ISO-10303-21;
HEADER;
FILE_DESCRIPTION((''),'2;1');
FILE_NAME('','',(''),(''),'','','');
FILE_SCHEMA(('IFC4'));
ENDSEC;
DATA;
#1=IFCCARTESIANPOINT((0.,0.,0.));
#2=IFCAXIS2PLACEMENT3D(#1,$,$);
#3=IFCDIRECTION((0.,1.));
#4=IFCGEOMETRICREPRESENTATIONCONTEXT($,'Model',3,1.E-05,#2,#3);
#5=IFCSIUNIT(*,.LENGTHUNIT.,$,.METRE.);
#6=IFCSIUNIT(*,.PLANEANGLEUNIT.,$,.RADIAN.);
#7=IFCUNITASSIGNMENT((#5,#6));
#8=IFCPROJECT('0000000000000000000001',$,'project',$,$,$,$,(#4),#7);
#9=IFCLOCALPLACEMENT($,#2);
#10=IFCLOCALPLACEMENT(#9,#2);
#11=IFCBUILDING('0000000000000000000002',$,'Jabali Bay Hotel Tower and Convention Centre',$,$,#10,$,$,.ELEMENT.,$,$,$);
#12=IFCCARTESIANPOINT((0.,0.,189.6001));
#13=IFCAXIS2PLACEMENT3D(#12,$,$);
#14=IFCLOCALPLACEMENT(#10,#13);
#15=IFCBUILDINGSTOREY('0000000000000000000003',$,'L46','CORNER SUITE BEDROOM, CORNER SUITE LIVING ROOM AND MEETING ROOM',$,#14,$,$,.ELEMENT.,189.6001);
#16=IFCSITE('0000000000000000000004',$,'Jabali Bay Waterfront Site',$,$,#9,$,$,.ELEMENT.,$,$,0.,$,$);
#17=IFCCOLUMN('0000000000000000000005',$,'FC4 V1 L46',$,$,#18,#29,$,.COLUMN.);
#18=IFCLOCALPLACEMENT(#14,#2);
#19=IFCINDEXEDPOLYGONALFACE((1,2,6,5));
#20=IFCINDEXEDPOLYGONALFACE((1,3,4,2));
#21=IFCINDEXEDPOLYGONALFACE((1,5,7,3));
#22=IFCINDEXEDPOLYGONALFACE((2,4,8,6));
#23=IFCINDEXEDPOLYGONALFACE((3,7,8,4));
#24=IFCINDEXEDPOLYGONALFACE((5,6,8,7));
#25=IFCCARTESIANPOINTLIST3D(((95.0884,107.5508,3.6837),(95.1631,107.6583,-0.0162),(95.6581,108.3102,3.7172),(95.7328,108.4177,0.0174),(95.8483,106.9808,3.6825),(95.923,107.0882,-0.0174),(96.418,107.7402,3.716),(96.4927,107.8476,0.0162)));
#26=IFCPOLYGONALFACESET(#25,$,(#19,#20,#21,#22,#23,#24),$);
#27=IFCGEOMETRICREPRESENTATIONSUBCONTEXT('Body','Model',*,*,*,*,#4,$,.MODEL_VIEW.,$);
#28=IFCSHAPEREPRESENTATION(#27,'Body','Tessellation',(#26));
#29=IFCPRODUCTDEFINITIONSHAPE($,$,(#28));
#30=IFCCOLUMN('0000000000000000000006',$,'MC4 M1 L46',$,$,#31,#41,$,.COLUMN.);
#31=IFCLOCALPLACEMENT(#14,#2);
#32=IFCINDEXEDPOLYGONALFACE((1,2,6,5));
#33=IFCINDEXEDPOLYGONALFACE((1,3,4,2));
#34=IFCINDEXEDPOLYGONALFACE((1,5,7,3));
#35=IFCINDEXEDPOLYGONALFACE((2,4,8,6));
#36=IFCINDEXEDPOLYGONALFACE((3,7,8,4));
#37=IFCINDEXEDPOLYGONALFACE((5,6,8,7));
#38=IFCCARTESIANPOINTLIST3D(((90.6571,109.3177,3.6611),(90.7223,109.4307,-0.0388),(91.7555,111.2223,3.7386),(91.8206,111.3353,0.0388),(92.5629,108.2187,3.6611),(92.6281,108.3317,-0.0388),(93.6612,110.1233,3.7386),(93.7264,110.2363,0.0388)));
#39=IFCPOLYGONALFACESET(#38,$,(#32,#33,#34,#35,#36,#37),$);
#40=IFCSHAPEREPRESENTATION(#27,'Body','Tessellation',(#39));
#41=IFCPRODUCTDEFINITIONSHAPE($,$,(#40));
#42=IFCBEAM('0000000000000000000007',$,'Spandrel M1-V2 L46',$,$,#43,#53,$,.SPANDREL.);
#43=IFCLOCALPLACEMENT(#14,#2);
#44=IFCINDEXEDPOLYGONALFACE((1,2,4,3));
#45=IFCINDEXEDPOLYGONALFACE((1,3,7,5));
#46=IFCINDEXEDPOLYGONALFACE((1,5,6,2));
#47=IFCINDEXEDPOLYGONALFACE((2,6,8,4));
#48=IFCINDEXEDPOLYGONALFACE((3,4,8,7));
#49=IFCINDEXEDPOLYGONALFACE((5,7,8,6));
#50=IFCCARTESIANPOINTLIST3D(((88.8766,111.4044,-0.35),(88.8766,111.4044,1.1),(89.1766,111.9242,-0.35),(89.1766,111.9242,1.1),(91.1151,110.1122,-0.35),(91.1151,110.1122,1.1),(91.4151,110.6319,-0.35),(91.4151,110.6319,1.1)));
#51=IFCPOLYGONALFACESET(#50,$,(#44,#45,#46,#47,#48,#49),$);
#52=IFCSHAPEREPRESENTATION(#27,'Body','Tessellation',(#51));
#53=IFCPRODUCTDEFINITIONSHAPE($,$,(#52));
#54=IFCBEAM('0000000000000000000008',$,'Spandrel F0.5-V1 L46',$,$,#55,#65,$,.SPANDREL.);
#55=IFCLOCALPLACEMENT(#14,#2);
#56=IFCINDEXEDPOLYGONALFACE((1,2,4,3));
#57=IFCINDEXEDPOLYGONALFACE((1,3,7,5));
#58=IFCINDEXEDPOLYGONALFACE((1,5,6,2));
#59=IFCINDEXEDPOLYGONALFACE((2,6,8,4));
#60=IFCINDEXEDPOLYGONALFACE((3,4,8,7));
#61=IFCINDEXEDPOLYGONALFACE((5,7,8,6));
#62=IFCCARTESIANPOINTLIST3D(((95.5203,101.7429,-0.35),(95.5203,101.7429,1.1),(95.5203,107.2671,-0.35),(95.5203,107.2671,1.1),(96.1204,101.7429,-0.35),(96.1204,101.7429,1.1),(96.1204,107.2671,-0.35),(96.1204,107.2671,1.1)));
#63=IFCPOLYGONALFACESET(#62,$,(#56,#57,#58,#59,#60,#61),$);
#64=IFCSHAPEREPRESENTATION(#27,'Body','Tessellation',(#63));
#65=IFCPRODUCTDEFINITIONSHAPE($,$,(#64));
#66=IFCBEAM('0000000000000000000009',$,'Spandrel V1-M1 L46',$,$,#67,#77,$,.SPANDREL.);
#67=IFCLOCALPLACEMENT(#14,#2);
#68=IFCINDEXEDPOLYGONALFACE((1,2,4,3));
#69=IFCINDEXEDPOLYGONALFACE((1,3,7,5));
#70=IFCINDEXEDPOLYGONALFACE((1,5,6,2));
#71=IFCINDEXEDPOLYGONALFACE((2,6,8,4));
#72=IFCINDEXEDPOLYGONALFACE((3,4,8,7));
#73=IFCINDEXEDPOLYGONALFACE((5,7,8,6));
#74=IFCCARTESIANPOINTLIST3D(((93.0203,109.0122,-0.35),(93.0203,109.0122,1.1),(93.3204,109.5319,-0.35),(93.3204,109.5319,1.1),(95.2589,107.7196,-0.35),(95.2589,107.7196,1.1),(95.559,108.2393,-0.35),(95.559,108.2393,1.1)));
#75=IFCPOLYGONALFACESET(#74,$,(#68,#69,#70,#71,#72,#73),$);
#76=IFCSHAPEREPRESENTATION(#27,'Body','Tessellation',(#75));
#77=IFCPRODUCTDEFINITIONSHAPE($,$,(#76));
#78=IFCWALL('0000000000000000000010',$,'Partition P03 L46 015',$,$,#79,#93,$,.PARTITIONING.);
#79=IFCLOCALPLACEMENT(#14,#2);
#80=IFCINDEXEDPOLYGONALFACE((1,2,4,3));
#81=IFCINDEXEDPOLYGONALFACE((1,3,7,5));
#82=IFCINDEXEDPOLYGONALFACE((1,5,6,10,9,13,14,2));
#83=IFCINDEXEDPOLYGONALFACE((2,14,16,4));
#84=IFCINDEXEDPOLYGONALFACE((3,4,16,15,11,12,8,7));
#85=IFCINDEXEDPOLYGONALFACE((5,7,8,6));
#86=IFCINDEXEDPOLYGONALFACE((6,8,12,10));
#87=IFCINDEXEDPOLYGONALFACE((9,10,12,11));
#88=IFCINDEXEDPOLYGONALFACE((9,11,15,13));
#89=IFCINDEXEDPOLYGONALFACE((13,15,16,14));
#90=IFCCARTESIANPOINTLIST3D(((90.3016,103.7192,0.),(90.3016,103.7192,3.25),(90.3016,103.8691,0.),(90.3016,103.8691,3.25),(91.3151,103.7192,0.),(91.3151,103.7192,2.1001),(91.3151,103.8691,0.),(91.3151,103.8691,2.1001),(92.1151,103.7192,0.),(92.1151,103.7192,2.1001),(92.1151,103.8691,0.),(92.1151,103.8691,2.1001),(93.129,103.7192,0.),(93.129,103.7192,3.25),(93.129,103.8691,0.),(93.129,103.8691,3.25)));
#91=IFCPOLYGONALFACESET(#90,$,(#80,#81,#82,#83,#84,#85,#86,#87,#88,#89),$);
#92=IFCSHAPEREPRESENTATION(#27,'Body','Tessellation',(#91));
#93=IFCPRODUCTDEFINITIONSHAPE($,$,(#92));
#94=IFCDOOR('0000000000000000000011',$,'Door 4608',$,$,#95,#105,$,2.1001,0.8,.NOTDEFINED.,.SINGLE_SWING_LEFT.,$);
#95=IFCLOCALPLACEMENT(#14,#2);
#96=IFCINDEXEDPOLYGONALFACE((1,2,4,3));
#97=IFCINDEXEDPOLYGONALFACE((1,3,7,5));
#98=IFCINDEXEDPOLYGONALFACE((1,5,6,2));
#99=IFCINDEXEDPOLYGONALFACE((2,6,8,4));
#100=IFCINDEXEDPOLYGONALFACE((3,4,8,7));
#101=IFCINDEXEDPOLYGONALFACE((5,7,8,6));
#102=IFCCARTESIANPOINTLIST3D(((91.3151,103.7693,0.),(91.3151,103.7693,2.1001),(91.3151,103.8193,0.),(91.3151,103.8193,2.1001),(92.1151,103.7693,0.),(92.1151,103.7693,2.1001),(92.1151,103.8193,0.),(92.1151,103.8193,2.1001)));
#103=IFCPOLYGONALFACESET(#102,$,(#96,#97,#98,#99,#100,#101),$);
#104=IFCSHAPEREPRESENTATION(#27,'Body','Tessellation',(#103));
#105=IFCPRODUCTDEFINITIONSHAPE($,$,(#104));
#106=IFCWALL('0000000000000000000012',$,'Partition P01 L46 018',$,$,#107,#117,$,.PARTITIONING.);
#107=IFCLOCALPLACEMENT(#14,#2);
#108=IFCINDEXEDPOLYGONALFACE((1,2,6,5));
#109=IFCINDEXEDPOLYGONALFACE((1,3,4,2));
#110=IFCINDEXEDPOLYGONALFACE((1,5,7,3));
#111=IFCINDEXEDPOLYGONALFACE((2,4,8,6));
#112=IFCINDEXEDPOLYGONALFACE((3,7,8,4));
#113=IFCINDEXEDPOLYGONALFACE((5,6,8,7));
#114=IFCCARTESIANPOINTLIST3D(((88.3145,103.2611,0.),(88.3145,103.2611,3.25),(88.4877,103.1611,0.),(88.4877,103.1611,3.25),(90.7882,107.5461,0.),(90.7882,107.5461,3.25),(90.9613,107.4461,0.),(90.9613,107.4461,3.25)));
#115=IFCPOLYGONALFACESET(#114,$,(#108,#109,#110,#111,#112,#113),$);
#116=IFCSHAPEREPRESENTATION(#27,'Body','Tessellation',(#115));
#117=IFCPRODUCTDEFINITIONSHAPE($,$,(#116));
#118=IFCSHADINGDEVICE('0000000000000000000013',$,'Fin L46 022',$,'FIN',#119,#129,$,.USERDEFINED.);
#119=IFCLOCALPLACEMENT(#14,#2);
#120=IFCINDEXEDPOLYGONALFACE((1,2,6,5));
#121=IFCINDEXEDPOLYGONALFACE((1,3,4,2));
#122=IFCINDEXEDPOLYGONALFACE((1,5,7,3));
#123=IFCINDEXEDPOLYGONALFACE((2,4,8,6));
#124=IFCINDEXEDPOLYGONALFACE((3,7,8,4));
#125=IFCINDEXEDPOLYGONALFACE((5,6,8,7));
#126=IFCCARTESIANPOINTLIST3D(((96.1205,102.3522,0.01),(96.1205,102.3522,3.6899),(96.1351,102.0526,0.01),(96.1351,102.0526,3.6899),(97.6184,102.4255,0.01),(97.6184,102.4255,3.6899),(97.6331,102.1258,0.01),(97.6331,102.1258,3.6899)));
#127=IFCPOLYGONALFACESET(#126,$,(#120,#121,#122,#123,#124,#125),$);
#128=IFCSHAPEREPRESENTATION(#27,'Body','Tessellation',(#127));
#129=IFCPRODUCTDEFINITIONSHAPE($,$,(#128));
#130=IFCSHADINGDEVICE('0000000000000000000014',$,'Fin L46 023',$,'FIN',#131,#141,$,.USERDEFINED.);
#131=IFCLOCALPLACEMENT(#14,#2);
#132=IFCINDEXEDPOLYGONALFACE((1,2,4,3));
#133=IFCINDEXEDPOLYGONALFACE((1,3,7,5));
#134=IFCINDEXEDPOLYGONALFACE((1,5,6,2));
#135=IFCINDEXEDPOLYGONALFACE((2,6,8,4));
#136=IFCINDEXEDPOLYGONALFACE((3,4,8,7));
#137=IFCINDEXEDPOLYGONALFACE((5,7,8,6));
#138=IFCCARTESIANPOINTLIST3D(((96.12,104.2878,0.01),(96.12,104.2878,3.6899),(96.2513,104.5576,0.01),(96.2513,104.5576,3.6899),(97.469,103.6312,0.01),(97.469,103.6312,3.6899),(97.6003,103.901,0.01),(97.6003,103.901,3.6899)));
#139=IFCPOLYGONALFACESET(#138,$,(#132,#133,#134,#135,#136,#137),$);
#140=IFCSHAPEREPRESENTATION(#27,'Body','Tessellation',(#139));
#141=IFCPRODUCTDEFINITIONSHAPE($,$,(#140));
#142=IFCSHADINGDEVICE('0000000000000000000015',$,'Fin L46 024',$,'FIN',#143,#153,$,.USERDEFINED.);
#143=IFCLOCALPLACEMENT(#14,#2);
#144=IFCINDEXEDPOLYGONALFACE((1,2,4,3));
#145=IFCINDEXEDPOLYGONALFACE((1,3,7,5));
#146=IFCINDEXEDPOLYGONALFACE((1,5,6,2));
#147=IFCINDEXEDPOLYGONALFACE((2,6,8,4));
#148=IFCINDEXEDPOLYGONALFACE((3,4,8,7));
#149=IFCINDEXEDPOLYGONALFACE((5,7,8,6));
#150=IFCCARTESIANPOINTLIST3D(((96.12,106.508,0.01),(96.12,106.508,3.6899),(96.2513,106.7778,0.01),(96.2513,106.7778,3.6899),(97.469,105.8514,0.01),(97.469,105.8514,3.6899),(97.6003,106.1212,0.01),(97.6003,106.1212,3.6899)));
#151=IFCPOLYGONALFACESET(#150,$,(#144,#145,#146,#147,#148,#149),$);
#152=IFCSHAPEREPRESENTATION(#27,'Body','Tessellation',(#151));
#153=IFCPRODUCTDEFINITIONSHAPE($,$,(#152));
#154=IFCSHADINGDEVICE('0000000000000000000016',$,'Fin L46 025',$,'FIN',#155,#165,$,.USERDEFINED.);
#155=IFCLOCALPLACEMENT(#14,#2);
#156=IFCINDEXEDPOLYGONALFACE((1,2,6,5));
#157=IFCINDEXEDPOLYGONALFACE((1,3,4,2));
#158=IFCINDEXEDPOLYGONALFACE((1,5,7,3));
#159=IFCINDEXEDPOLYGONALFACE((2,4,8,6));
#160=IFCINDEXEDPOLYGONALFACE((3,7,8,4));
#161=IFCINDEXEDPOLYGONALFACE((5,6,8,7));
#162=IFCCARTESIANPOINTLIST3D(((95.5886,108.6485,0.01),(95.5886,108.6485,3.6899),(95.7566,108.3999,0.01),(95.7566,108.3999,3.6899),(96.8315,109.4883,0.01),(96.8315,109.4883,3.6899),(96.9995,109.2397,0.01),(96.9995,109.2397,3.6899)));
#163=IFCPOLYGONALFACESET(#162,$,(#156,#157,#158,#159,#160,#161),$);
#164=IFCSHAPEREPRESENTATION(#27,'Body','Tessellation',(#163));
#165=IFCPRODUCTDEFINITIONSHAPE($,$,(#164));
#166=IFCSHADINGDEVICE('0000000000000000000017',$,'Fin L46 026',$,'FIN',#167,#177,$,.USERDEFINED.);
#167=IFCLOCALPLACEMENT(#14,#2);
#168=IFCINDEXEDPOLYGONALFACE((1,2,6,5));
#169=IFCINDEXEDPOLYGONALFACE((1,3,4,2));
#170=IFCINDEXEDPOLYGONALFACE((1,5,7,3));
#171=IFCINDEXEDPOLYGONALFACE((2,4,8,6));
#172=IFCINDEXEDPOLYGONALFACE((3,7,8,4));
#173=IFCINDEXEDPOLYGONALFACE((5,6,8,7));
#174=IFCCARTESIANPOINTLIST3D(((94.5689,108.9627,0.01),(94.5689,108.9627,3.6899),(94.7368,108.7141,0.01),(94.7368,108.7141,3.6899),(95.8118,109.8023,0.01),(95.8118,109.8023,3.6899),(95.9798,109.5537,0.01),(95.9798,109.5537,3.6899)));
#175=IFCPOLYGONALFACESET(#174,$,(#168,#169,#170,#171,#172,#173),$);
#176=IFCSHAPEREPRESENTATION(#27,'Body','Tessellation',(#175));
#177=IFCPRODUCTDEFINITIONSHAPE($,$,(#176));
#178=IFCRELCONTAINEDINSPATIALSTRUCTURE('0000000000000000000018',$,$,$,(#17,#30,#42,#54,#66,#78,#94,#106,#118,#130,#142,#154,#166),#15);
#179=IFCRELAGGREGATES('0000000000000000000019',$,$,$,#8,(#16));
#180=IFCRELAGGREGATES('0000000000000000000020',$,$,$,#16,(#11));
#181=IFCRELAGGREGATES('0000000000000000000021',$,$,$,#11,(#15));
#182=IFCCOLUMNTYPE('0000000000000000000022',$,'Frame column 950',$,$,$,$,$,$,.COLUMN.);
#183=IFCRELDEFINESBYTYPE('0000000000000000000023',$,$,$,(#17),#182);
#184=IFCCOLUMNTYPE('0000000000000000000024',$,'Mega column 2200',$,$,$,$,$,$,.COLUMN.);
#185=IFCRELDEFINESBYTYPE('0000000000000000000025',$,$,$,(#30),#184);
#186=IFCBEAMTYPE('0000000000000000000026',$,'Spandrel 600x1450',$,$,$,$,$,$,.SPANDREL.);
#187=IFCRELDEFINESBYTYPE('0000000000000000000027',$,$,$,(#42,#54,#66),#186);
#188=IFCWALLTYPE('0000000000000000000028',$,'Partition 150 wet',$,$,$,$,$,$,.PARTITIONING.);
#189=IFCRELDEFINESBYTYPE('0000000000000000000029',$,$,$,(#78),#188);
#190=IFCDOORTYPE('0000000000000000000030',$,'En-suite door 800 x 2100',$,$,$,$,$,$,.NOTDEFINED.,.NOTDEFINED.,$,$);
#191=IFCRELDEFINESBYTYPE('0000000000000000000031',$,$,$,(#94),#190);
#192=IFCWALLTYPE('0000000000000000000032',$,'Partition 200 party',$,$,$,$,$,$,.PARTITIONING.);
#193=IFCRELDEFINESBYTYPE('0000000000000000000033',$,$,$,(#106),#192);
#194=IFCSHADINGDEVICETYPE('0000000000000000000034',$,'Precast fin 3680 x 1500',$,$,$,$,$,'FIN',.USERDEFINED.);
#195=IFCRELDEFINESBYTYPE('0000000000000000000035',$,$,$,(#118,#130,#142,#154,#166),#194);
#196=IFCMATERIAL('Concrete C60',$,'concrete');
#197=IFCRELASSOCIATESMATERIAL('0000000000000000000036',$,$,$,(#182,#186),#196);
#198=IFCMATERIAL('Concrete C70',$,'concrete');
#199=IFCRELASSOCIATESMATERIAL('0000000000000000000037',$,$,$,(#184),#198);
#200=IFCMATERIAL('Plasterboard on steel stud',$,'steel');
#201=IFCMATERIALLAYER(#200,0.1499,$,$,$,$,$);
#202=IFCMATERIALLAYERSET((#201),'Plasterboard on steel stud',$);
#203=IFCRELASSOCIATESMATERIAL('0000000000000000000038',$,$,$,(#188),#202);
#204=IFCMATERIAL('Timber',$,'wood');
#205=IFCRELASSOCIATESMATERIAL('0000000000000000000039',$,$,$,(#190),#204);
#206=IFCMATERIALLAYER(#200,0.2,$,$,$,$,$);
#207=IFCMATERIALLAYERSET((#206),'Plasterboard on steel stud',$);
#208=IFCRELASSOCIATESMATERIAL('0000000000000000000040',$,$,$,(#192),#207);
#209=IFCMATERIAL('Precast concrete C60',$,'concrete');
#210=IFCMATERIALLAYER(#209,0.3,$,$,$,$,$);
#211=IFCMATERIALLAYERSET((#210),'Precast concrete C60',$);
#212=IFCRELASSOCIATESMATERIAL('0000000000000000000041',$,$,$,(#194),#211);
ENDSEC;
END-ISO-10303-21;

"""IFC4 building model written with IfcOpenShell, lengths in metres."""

from ifc_helpers import new_model, si_unit, direction, frame, frame_2d, origin, origin_2d, place, context, subcontext, project, spatial, rectangle, extrude, material, layer, layer_set, material_profile, profile_set, type_object, element, fill, save


model = new_model("IFC4")

# Units and contexts
model_context = context("Model", 3, precision=1e-05, world=origin(), true_north=direction((0.0, 1.0)))
body_context = subcontext(model_context, "Body", "Model", "MODEL_VIEW")
ifc_project = project(units=[si_unit("LENGTHUNIT", "METRE"), si_unit("PLANEANGLEUNIT", "RADIAN")], contexts=[model_context])

# Site, building, storey
site_placement = place(None, origin())
site = spatial("IfcSite", under=ifc_project, at=site_placement, Name="Jabali Bay Waterfront Site", CompositionType="ELEMENT", RefElevation=0.0)
building_placement = place(site_placement, origin())
building = spatial("IfcBuilding", under=site, at=building_placement, Name="Jabali Bay Hotel Tower and Convention Centre", CompositionType="ELEMENT")
storey_placement = place(building_placement, frame((0.0, 0.0, 189.6001)))
storey = spatial("IfcBuildingStorey", under=building, at=storey_placement, Name="L46", Description="CORNER SUITE BEDROOM, CORNER SUITE LIVING ROOM AND MEETING ROOM", CompositionType="ELEMENT", Elevation=189.6001)

# Columns
ifc_material_1 = material(Name="Concrete C60", Category="concrete")
ifc_material_profile_1 = material_profile(ifc_material_1, rectangle(XDim=0.95, YDim=0.95, at=origin_2d()), Name="Frame column 950")
ifc_profile_set_1 = profile_set([ifc_material_profile_1], Name="Concrete C60")
column_type_1 = type_object("IfcColumnType", Name="Frame column 950", PredefinedType="COLUMN", material=ifc_profile_set_1)
column_1_placement = place(storey_placement, frame((95.8279, 107.7529, 0.0), z_axis=(-0.020179, -0.029015, 0.999375), x_axis=(0.599759, 0.799401, 0.035319)))
element("IfcColumn", 1, at=column_1_placement, inside=storey, type_object=column_type_1, Name="FC4 V1 L46", PredefinedType="COLUMN", context=body_context, shape_type="SweptSolid", body=[
    extrude(rectangle(XDim=0.95, YDim=0.95, at=origin_2d()), origin(), (0.0, 0.0, 1.0), 3.7021),
])
ifc_material_2 = material(Name="Concrete C70", Category="concrete")
ifc_material_profile_2 = material_profile(ifc_material_2, rectangle(XDim=2.2, YDim=2.2, at=origin_2d()), Name="Mega column 2200")
ifc_profile_set_2 = profile_set([ifc_material_profile_2], Name="Concrete C70")
column_type_2 = type_object("IfcColumnType", Name="Mega column 2200", PredefinedType="COLUMN", material=ifc_profile_set_2)
column_2_placement = place(storey_placement, frame((92.2244, 109.8335, 0.0), z_axis=(-0.017607, -0.030532, 0.999379), x_axis=(0.866279, -0.49956, 0.0)))
element("IfcColumn", 2, at=column_2_placement, inside=storey, type_object=column_type_2, Name="MC4 M1 L46", PredefinedType="COLUMN", context=body_context, shape_type="SweptSolid", body=[
    extrude(rectangle(XDim=2.2, YDim=2.2, at=origin_2d()), origin(), (0.0, 0.0, 1.0), 3.7021),
])

# Beams
ifc_material_profile_3 = material_profile(ifc_material_1, rectangle(XDim=0.6001, YDim=1.45, at=origin_2d()), Name="Spandrel 600x1450")
ifc_profile_set_3 = profile_set([ifc_material_profile_3], Name="Concrete C60")
beam_type = type_object("IfcBeamType", Name="Spandrel 600x1450", PredefinedType="SPANDREL", material=ifc_profile_set_3)
beam_1_placement = place(storey_placement, frame((91.2651, 110.3721, 0.375), z_axis=(-0.866055, 0.499949, 0.0), x_axis=(-0.499949, -0.866055, 0.0)))
element("IfcBeam", 3, at=beam_1_placement, inside=storey, type_object=beam_type, Name="Spandrel M1-V2 L46", PredefinedType="SPANDREL", context=body_context, shape_type="SweptSolid", body=[
    extrude(rectangle(XDim=0.6001, YDim=1.45, at=origin_2d()), origin(), (0.0, 0.0, 1.0), 2.5847),
])
beam_2_placement = place(storey_placement, frame((95.8203, 101.7429, 0.375), z_axis=(0.0, 1.0, 0.0), x_axis=(-1.0, 0.0, 0.0)))
element("IfcBeam", 4, at=beam_2_placement, inside=storey, type_object=beam_type, Name="Spandrel F0.5-V1 L46", PredefinedType="SPANDREL", context=body_context, shape_type="SweptSolid", body=[
    extrude(rectangle(XDim=0.6001, YDim=1.45, at=origin_2d()), origin(), (0.0, 0.0, 1.0), 5.5242),
])
beam_3_placement = place(storey_placement, frame((95.4089, 107.9795, 0.375), z_axis=(-0.866014, 0.50002, 0.0), x_axis=(-0.50002, -0.866014, 0.0)))
element("IfcBeam", 5, at=beam_3_placement, inside=storey, type_object=beam_type, Name="Spandrel V1-M1 L46", PredefinedType="SPANDREL", context=body_context, shape_type="SweptSolid", body=[
    extrude(rectangle(XDim=0.6001, YDim=1.45, at=origin_2d()), origin(), (0.0, 0.0, 1.0), 2.585),
])

# Wall, opening, door
ifc_material_3 = material(Name="Plasterboard on steel stud", Category="steel")
ifc_layer_1 = layer(ifc_material_3, 0.1499)
ifc_layer_set_1 = layer_set([ifc_layer_1], Name="Plasterboard on steel stud")
wall_type_1 = type_object("IfcWallType", Name="Partition 150 wet", PredefinedType="PARTITIONING", material=ifc_layer_set_1)
wall_1_placement = place(storey_placement, frame((93.1289, 103.7942, 0.0), z_axis=(0.0, 0.0, 1.0), x_axis=(-1.0, 0.0, 0.0)))
wall_1 = element("IfcWall", 6, at=wall_1_placement, inside=storey, type_object=wall_type_1, Name="Partition P03 L46 015", PredefinedType="PARTITIONING", context=body_context, shape_type="SweptSolid", body=[
    extrude(rectangle(XDim=2.8274, YDim=0.1499, at=frame_2d((1.4136, 0.0))), origin(), (0.0, 0.0, 1.0), 3.25),
])
opening_1_placement = place(wall_1_placement, frame((1.0139, 0.0, 0.0)))
opening_1 = element("IfcOpeningElement", 7, at=opening_1_placement, cuts=wall_1, PredefinedType="OPENING", context=body_context, shape_type="SweptSolid", body=[
    extrude(rectangle(XDim=0.8, YDim=2.1001, at=frame_2d((0.3999, 1.05))), frame((0.0, 0.0854, 0.0), z_axis=(0.0, -1.0, 0.0), x_axis=(1.0, 0.0, 0.0)), (0.0, 0.0, 1.0), 0.1709),
])
ifc_material_4 = material(Name="Timber", Category="wood")
door_type_1 = type_object("IfcDoorType", Name="En-suite door 800 x 2100", OperationType="NOTDEFINED", PredefinedType="NOTDEFINED", material=ifc_material_4)
door_1_placement = place(opening_1_placement, origin())
door_1 = element("IfcDoor", 8, at=door_1_placement, inside=storey, type_object=door_type_1, Name="Door 4608", OperationType="SINGLE_SWING_LEFT", OverallHeight=2.1001, OverallWidth=0.8, PredefinedType="NOTDEFINED", context=body_context, shape_type="SweptSolid", body=[
    extrude(rectangle(XDim=0.8, YDim=2.1001, at=frame_2d((0.3999, 1.05))), frame((0.0, 0.0249, 0.0), z_axis=(0.0, -1.0, 0.0), x_axis=(1.0, 0.0, 0.0)), (0.0, 0.0, 1.0), 0.05),
])
fill(opening_1, door_1)

# Wall
ifc_layer_2 = layer(ifc_material_3, 0.2)
ifc_layer_set_2 = layer_set([ifc_layer_2], Name="Plasterboard on steel stud")
wall_type_2 = type_object("IfcWallType", Name="Partition 200 party", PredefinedType="PARTITIONING", material=ifc_layer_set_2)
wall_2_placement = place(storey_placement, frame((90.8748, 107.4961, 0.0), z_axis=(0.0, 0.0, 1.0), x_axis=(-0.49996, -0.866048, 0.0)))
element("IfcWall", 9, at=wall_2_placement, inside=storey, type_object=wall_type_2, Name="Partition P01 L46 018", PredefinedType="PARTITIONING", context=body_context, shape_type="SweptSolid", body=[
    extrude(rectangle(XDim=4.9478, YDim=0.2, at=frame_2d((2.4739, 0.0))), origin(), (0.0, 0.0, 1.0), 3.25),
])

# Shading devices
ifc_material_5 = material(Name="Precast concrete C60", Category="concrete")
ifc_layer_3 = layer(ifc_material_5, 0.3)
ifc_layer_set_3 = layer_set([ifc_layer_3], Name="Precast concrete C60")
shading_device_type = type_object("IfcShadingDeviceType", Name="Precast fin 3680 x 1500", ElementType="FIN", PredefinedType="USERDEFINED", material=ifc_layer_set_3)
shading_device_1_placement = place(storey_placement, frame((96.1277, 102.2024, 0.01), z_axis=(0.0, 0.0, 1.0), x_axis=(0.998807, 0.048833, 0.0)))
element("IfcShadingDevice", 10, at=shading_device_1_placement, inside=storey, type_object=shading_device_type, Name="Fin L46 022", ObjectType="FIN", PredefinedType="USERDEFINED", context=body_context, shape_type="SweptSolid", body=[
    extrude(rectangle(XDim=1.4998, YDim=0.3, at=frame_2d((0.75, 0.0))), origin(), (0.0, 0.0, 1.0), 3.6799),
])
for number, where, z_axis, x_axis, name in (
    (11, (96.1858, 104.4226, 0.01), (0.0, 0.0, 1.0), (0.899161, -0.437619, 0.0), "Fin L46 023"),
    (12, (96.1858, 106.6428, 0.01), (0.0, 0.0, 1.0), (0.899161, -0.437619, 0.0), "Fin L46 024"),
):
    element("IfcShadingDevice", number, at=place(storey_placement, frame(where, z_axis=z_axis, x_axis=x_axis)), inside=storey, type_object=shading_device_type, Name=name, ObjectType="FIN", PredefinedType="USERDEFINED", context=body_context, shape_type="SweptSolid", body=[
        extrude(rectangle(XDim=1.5002, YDim=0.3, at=frame_2d((0.75, 0.0))), origin(), (0.0, 0.0, 1.0), 3.6799),
    ])
for number, where, z_axis, x_axis, name in (
    (13, (95.6726, 108.5242, 0.01), (0.0, 0.0, 1.0), (0.828579, 0.559873, 0.0), "Fin L46 025"),
    (14, (94.6528, 108.8384, 0.01), (0.0, 0.0, 1.0), (0.828654, 0.559761, 0.0), "Fin L46 026"),
):
    element("IfcShadingDevice", number, at=place(storey_placement, frame(where, z_axis=z_axis, x_axis=x_axis)), inside=storey, type_object=shading_device_type, Name=name, ObjectType="FIN", PredefinedType="USERDEFINED", context=body_context, shape_type="SweptSolid", body=[
        extrude(rectangle(XDim=1.5, YDim=0.3, at=frame_2d((0.75, 0.0))), origin(), (0.0, 0.0, 1.0), 3.6799),
    ])

save(model, "model.ifc")
